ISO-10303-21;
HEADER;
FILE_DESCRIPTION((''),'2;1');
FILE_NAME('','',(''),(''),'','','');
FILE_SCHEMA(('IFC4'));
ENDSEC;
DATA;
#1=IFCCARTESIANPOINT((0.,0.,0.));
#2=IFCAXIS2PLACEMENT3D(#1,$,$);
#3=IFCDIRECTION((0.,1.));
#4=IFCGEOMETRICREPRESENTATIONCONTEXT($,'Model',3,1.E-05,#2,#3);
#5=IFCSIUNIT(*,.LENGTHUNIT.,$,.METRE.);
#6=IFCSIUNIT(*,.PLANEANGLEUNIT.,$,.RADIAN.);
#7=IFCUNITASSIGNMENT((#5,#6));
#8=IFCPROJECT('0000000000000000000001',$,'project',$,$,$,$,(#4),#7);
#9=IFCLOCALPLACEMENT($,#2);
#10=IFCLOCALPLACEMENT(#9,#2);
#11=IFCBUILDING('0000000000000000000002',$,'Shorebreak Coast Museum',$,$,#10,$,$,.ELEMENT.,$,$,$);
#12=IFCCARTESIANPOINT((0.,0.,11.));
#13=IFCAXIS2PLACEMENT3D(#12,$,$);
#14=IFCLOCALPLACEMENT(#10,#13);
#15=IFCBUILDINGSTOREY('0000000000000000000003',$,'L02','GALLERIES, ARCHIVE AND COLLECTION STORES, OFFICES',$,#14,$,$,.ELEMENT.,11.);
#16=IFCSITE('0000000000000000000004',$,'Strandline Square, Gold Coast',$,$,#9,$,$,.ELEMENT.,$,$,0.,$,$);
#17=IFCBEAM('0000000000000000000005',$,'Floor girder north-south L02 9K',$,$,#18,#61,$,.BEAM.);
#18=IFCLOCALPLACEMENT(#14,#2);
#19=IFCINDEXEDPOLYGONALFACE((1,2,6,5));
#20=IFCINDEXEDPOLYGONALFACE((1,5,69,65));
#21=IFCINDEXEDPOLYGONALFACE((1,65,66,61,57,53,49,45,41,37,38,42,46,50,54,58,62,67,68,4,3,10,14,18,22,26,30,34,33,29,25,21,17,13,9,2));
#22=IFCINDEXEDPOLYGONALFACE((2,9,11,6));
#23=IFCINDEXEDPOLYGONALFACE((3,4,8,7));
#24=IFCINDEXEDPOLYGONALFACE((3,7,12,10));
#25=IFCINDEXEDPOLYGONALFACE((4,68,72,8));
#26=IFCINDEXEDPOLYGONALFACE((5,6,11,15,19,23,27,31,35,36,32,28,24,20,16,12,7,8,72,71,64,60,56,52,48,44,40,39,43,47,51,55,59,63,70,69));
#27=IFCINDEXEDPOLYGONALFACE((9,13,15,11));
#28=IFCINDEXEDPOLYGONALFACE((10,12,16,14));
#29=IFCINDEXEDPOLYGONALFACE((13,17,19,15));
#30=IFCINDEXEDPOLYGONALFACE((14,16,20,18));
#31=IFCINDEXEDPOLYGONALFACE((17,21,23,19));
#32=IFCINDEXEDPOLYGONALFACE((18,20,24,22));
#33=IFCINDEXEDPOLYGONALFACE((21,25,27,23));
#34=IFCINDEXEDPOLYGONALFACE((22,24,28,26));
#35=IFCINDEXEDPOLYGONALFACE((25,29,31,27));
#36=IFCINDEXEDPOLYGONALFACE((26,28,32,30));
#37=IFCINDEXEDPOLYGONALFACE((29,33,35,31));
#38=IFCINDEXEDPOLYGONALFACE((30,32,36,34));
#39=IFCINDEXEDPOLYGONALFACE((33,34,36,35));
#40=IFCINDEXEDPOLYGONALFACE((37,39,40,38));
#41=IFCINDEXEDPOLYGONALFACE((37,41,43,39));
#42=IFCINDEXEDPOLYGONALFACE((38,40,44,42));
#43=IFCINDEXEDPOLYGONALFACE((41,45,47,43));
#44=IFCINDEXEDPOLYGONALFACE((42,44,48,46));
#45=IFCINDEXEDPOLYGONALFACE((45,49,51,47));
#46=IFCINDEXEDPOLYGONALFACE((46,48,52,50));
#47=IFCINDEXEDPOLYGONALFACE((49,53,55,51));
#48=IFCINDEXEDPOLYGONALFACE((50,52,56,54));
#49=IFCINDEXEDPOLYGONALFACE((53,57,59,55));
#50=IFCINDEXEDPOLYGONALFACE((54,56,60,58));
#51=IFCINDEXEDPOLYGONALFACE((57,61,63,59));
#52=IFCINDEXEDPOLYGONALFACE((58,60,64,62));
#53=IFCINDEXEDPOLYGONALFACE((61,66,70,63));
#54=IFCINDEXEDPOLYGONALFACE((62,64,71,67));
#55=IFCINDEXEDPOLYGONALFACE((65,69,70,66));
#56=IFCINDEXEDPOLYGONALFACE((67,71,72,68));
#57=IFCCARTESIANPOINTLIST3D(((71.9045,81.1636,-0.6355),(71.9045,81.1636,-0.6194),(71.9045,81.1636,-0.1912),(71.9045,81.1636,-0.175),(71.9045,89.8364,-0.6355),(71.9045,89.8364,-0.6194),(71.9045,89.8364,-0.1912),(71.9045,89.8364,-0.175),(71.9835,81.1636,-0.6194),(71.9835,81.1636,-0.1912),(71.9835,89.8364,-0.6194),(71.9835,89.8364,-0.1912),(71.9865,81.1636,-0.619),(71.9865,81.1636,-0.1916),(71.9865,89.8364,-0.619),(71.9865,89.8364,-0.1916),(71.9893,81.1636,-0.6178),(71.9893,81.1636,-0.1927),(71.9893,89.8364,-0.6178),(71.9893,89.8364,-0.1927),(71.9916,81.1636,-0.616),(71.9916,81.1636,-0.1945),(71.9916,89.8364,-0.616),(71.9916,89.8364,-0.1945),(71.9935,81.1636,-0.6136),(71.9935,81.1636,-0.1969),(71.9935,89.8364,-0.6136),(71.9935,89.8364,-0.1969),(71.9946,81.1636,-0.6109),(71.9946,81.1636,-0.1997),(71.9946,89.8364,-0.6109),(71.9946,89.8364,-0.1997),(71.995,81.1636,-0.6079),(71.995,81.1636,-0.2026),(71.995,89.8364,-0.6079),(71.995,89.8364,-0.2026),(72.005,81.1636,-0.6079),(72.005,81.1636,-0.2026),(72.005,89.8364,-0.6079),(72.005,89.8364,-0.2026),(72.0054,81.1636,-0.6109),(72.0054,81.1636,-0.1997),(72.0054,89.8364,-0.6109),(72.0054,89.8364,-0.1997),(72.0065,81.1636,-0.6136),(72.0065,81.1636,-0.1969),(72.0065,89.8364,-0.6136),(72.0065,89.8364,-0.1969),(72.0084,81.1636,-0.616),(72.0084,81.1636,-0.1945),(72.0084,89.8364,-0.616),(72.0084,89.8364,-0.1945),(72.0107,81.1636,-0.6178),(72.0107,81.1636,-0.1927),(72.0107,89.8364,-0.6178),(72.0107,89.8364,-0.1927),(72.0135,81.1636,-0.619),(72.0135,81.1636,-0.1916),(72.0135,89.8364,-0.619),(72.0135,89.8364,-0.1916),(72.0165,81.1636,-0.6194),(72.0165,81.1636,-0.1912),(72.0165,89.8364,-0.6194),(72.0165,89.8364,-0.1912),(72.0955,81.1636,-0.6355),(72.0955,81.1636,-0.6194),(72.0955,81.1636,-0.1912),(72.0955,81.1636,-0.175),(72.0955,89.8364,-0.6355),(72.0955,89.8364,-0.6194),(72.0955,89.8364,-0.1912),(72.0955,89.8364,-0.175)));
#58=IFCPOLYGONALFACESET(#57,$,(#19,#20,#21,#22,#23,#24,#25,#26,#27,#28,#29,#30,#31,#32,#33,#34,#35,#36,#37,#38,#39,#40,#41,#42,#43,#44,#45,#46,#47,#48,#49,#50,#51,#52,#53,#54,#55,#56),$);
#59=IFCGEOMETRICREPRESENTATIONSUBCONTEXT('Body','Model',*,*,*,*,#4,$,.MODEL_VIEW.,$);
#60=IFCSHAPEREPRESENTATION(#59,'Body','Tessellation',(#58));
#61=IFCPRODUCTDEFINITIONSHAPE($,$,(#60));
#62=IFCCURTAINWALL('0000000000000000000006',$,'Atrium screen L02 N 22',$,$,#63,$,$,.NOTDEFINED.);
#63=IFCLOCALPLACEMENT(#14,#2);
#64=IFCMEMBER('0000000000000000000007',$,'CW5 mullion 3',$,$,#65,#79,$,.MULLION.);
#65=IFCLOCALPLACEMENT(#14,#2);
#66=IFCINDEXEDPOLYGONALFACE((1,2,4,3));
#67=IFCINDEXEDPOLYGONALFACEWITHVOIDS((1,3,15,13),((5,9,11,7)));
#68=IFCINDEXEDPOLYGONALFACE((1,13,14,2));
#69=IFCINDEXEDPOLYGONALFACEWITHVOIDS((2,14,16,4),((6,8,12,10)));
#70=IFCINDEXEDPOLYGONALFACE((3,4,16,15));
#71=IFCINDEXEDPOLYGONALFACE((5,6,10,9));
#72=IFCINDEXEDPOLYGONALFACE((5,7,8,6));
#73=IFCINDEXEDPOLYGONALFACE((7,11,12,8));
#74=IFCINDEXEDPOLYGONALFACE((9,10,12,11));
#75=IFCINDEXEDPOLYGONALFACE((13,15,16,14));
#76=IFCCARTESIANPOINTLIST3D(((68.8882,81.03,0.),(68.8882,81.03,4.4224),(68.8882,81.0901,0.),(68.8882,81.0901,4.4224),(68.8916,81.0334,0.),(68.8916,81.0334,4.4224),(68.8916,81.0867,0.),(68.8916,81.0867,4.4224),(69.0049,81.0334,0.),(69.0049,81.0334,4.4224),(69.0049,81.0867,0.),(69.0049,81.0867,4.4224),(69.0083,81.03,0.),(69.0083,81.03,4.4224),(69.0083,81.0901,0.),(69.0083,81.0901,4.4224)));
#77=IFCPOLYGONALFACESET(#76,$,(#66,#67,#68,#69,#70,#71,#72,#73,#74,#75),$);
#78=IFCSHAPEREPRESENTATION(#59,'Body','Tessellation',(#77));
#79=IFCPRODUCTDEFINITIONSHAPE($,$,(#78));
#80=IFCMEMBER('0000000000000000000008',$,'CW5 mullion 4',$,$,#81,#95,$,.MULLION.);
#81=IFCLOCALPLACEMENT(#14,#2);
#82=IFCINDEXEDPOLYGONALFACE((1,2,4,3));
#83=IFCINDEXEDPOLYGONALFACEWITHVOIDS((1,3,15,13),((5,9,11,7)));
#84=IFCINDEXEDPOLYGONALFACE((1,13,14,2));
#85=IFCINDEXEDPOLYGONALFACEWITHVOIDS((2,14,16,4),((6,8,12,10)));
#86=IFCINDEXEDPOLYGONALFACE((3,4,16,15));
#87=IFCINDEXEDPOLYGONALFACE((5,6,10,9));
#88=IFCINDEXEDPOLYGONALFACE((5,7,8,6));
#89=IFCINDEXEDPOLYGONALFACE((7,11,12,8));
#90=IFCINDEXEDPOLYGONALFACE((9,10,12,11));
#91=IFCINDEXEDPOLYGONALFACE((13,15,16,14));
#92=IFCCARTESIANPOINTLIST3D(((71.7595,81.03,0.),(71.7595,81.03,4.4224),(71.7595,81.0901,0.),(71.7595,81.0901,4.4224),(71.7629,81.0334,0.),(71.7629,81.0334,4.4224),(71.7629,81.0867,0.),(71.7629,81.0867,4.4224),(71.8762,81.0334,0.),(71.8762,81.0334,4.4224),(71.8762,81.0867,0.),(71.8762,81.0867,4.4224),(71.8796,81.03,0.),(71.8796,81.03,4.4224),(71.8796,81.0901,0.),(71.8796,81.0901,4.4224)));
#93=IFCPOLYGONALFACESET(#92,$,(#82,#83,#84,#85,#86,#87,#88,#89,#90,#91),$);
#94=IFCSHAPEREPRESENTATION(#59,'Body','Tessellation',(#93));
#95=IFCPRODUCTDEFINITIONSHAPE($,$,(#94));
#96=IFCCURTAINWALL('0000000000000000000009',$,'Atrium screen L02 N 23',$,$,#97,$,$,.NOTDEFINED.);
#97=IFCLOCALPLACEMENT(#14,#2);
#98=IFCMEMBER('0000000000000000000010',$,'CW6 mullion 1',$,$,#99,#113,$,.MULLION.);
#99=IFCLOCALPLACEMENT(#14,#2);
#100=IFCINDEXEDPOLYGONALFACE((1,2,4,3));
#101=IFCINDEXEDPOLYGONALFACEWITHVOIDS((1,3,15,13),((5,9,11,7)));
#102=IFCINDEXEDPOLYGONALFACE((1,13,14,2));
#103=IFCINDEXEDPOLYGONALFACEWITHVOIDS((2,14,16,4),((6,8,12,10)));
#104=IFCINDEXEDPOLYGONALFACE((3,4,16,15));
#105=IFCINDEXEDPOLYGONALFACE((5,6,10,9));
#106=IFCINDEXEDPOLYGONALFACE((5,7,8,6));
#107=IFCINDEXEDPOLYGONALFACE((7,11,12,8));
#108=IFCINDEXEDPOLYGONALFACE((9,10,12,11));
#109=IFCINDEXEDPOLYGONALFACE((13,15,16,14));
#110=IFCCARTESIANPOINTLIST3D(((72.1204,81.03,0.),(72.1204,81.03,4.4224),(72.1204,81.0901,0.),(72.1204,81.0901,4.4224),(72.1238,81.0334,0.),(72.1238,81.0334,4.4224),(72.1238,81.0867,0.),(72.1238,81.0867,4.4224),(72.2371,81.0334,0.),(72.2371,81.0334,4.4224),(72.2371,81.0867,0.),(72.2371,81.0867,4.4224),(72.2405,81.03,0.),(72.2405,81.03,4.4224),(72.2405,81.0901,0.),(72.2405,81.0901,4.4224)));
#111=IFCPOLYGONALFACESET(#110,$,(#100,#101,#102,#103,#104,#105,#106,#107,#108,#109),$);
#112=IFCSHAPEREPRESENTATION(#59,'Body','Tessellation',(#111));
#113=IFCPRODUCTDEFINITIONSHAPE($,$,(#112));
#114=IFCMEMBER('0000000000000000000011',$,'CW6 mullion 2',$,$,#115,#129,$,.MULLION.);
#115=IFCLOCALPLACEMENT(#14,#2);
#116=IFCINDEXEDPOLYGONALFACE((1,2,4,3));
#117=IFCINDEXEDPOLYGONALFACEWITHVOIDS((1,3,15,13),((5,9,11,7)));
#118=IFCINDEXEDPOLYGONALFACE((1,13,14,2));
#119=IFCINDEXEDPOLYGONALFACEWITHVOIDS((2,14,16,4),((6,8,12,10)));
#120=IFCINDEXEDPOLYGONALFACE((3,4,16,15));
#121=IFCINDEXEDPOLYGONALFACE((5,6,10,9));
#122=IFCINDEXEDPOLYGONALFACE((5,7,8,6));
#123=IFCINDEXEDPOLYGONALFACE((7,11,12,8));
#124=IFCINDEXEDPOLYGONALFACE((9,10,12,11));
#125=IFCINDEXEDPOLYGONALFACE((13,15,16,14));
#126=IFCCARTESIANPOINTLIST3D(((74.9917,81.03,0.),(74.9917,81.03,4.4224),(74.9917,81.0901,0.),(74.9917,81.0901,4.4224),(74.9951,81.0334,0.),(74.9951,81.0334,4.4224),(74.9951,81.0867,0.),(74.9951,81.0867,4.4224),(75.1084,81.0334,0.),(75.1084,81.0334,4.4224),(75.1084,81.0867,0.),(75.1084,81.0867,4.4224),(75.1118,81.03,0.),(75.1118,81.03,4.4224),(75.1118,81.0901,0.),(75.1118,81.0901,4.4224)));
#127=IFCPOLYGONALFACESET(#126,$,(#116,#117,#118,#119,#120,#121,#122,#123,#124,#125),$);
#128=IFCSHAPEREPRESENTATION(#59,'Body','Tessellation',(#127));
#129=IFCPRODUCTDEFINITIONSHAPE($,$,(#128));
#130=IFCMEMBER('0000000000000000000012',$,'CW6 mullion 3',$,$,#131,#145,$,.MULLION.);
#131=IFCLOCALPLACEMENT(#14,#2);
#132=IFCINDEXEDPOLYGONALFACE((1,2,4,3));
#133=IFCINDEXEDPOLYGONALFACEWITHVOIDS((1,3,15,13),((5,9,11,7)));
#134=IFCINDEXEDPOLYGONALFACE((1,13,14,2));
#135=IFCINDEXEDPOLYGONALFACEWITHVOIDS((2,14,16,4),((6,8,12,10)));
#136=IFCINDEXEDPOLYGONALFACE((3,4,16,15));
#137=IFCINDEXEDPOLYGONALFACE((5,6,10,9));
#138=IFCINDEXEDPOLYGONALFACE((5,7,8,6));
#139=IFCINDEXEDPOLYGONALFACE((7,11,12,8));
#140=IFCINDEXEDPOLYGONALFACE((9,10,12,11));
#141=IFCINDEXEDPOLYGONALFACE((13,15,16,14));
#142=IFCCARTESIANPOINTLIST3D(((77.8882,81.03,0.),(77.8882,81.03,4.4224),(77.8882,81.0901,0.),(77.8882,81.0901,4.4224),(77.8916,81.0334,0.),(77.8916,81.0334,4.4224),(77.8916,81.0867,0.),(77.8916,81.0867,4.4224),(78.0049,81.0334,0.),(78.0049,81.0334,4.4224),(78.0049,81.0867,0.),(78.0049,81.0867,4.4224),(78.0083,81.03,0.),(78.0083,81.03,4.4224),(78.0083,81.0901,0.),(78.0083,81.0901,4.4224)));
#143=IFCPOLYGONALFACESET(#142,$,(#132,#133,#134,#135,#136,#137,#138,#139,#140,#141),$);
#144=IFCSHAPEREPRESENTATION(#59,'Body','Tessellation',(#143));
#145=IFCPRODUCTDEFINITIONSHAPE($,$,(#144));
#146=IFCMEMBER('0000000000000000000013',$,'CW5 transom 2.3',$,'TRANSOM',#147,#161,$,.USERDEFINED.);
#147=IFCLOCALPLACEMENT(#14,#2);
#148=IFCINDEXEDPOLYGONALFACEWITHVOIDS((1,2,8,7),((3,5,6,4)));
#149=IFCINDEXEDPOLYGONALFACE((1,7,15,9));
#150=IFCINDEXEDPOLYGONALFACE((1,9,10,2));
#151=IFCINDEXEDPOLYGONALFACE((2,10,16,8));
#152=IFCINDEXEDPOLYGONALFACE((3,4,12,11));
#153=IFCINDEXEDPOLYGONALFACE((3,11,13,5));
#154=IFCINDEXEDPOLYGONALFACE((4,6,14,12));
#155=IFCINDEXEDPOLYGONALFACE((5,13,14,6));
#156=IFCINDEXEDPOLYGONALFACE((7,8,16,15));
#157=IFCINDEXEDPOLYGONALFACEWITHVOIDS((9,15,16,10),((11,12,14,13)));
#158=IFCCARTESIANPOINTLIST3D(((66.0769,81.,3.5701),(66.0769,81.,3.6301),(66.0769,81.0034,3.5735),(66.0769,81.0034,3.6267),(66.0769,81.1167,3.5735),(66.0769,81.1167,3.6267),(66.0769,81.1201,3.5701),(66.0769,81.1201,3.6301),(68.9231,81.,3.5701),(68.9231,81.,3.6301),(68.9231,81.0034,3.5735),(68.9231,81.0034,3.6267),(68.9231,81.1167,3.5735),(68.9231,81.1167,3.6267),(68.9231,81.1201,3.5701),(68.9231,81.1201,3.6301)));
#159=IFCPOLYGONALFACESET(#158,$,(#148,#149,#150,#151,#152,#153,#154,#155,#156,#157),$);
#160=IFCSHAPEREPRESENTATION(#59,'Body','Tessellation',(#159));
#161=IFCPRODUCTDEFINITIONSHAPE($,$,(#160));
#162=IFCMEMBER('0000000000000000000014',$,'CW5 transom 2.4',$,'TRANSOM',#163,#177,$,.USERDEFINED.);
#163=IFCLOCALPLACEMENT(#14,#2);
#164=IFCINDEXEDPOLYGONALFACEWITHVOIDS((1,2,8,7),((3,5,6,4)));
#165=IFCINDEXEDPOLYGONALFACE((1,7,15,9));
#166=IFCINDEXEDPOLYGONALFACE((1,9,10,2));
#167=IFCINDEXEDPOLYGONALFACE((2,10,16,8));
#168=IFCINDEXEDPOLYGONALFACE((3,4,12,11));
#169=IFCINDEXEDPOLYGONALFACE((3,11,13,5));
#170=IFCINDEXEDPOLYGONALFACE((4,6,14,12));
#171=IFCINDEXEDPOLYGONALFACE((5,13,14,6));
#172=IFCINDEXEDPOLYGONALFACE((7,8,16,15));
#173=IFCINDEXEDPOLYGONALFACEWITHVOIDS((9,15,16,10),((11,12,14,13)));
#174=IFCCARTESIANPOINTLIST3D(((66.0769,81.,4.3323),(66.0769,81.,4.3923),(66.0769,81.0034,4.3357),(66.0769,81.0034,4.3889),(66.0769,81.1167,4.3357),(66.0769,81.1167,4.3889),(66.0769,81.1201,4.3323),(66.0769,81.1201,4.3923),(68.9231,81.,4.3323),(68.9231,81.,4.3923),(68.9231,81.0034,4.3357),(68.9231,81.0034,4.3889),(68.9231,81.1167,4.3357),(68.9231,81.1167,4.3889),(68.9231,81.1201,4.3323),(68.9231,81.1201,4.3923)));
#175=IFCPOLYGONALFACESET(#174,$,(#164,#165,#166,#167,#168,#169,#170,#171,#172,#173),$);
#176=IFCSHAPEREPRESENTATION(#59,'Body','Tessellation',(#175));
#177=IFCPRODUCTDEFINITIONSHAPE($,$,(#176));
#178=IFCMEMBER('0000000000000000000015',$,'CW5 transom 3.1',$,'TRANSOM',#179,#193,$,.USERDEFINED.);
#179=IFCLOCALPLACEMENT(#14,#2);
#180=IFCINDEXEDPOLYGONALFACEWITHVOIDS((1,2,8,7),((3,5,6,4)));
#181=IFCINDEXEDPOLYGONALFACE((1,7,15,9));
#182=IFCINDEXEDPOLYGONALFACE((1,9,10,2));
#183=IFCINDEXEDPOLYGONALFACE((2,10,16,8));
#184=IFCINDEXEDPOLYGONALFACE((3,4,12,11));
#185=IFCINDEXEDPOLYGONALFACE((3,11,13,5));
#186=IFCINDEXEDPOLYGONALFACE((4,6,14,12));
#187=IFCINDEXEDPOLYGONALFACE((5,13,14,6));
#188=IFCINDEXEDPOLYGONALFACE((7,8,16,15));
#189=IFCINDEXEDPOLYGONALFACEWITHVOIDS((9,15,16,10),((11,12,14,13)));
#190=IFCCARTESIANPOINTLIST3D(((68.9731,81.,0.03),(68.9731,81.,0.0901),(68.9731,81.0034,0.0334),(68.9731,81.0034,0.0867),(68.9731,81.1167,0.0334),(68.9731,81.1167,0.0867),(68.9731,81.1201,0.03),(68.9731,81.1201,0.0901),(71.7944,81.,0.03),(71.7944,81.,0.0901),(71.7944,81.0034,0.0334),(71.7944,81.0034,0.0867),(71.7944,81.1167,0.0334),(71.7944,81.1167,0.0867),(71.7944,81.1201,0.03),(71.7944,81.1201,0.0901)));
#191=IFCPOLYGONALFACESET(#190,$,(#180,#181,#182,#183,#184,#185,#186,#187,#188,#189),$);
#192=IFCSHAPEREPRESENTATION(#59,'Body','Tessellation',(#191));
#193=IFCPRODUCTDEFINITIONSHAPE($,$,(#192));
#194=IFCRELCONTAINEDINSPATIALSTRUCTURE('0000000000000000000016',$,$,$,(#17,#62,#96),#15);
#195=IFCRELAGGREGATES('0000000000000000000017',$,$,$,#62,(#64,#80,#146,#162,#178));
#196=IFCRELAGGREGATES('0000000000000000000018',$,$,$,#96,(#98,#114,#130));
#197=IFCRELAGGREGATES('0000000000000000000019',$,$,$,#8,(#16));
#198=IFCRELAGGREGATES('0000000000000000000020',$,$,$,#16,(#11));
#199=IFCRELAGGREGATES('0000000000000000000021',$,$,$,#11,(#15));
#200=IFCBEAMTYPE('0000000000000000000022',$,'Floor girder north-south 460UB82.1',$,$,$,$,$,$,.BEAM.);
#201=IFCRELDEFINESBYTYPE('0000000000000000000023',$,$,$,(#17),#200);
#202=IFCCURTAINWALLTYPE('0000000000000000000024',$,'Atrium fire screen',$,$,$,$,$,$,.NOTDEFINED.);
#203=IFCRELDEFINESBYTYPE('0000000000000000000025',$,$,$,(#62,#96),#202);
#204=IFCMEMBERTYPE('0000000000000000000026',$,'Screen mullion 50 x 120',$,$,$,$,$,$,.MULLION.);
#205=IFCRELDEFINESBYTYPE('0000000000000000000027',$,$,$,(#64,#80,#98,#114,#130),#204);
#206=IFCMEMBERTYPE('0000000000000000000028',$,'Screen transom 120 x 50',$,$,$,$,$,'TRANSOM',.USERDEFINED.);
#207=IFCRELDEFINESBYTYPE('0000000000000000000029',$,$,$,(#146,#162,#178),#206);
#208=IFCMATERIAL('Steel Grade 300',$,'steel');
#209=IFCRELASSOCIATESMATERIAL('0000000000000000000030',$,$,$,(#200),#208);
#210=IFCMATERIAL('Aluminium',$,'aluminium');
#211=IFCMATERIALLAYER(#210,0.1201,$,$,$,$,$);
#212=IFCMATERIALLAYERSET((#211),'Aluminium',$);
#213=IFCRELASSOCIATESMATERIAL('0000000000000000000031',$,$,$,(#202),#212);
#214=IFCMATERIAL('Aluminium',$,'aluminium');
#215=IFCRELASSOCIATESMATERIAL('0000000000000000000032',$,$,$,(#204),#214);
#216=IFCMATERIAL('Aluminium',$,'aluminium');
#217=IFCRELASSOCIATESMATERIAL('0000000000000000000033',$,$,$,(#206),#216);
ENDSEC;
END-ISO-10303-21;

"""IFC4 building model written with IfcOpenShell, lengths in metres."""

from ifc_helpers import new_model, si_unit, direction, frame, origin, origin_2d, place, context, subcontext, project, spatial, hollow_rectangle, i_section, extrude, material, layer, layer_set, material_profile, profile_set, type_object, element, aggregate, save


model = new_model("IFC4")

# Units and contexts
model_context = context("Model", 3, precision=1e-05, world=origin(), true_north=direction((0.0, 1.0)))
body_context = subcontext(model_context, "Body", "Model", "MODEL_VIEW")
ifc_project = project(units=[si_unit("LENGTHUNIT", "METRE"), si_unit("PLANEANGLEUNIT", "RADIAN")], contexts=[model_context])

# Site, building, storey
site_placement = place(None, origin())
site = spatial("IfcSite", under=ifc_project, at=site_placement, Name="Strandline Square, Gold Coast", CompositionType="ELEMENT", RefElevation=0.0)
building_placement = place(site_placement, origin())
building = spatial("IfcBuilding", under=site, at=building_placement, Name="Shorebreak Coast Museum", CompositionType="ELEMENT")
storey_placement = place(building_placement, frame((0.0, 0.0, 11.0)))
storey = spatial("IfcBuildingStorey", under=building, at=storey_placement, Name="L02", Description="GALLERIES, ARCHIVE AND COLLECTION STORES, OFFICES", CompositionType="ELEMENT", Elevation=11.0)

# Beam
ifc_material_1 = material(Name="Steel Grade 300", Category="steel")
ifc_material_profile_1 = material_profile(ifc_material_1, i_section(OverallWidth=0.1909, OverallDepth=0.4604, WebThickness=0.01, FlangeThickness=0.0161, FilletRadius=0.0115, at=origin_2d()), Name="460UB82.1")
ifc_profile_set_1 = profile_set([ifc_material_profile_1], Name="Steel Grade 300")
beam_type = type_object("IfcBeamType", Name="Floor girder north-south 460UB82.1", PredefinedType="BEAM", material=ifc_profile_set_1)
beam_placement = place(storey_placement, frame((72.0, 81.1636, -0.4053), z_axis=(0.0, 1.0, 0.0), x_axis=(-1.0, 0.0, 0.0)))
element("IfcBeam", 1, at=beam_placement, inside=storey, type_object=beam_type, Name="Floor girder north-south L02 9K", PredefinedType="BEAM", context=body_context, shape_type="SweptSolid", body=[
    extrude(i_section(OverallWidth=0.1909, OverallDepth=0.4604, WebThickness=0.01, FlangeThickness=0.0161, FilletRadius=0.0115, at=origin_2d()), origin(), (0.0, 0.0, 1.0), 8.6729),
])

# Curtain walls, members
ifc_material_2 = material(Name="Aluminium", Category="aluminium")
ifc_layer_1 = layer(ifc_material_2, 0.1201)
ifc_layer_set_1 = layer_set([ifc_layer_1], Name="Aluminium")
curtain_wall_type = type_object("IfcCurtainWallType", Name="Atrium fire screen", PredefinedType="NOTDEFINED", material=ifc_layer_set_1)
curtain_wall_1_placement = place(storey_placement, origin())
curtain_wall_1 = element("IfcCurtainWall", 2, at=curtain_wall_1_placement, inside=storey, type_object=curtain_wall_type, Name="Atrium screen L02 N 22", PredefinedType="NOTDEFINED")
ifc_material_3 = material(Name="Aluminium", Category="aluminium")
ifc_material_profile_2 = material_profile(ifc_material_3, hollow_rectangle(XDim=0.0601, YDim=0.1201, WallThickness=0.0034, at=origin_2d()), Name="AL 120x60 RHS")
ifc_profile_set_2 = profile_set([ifc_material_profile_2], Name="Aluminium")
member_type_1 = type_object("IfcMemberType", Name="Screen mullion 50 x 120", PredefinedType="MULLION", material=ifc_profile_set_2)
member_1_placement = place(storey_placement, frame((68.9482, 81.0601, 0.0), z_axis=(0.0, 0.0, 1.0), x_axis=(0.0, 1.0, 0.0)))
member_1 = element("IfcMember", 3, at=member_1_placement, type_object=member_type_1, Name="CW5 mullion 3", PredefinedType="MULLION", context=body_context, shape_type="SweptSolid", body=[
    extrude(hollow_rectangle(XDim=0.0601, YDim=0.1201, WallThickness=0.0034, at=origin_2d()), origin(), (0.0, 0.0, 1.0), 4.4224),
])
member_2_placement = place(storey_placement, frame((71.8196, 81.0601, 0.0), z_axis=(0.0, 0.0, 1.0), x_axis=(0.0, 1.0, 0.0)))
member_2 = element("IfcMember", 4, at=member_2_placement, type_object=member_type_1, Name="CW5 mullion 4", PredefinedType="MULLION", context=body_context, shape_type="SweptSolid", body=[
    extrude(hollow_rectangle(XDim=0.0601, YDim=0.1201, WallThickness=0.0034, at=origin_2d()), origin(), (0.0, 0.0, 1.0), 4.4224),
])
curtain_wall_2_placement = place(storey_placement, origin())
curtain_wall_2 = element("IfcCurtainWall", 5, at=curtain_wall_2_placement, inside=storey, type_object=curtain_wall_type, Name="Atrium screen L02 N 23", PredefinedType="NOTDEFINED")
member_3_placement = place(storey_placement, frame((72.1804, 81.0601, 0.0), z_axis=(0.0, 0.0, 1.0), x_axis=(0.0, 1.0, 0.0)))
member_3 = element("IfcMember", 6, at=member_3_placement, type_object=member_type_1, Name="CW6 mullion 1", PredefinedType="MULLION", context=body_context, shape_type="SweptSolid", body=[
    extrude(hollow_rectangle(XDim=0.0601, YDim=0.1201, WallThickness=0.0034, at=origin_2d()), origin(), (0.0, 0.0, 1.0), 4.4224),
])
member_4_placement = place(storey_placement, frame((75.0518, 81.0601, 0.0), z_axis=(0.0, 0.0, 1.0), x_axis=(0.0, 1.0, 0.0)))
member_4 = element("IfcMember", 7, at=member_4_placement, type_object=member_type_1, Name="CW6 mullion 2", PredefinedType="MULLION", context=body_context, shape_type="SweptSolid", body=[
    extrude(hollow_rectangle(XDim=0.0601, YDim=0.1201, WallThickness=0.0034, at=origin_2d()), origin(), (0.0, 0.0, 1.0), 4.4224),
])
member_5_placement = place(storey_placement, frame((77.9482, 81.0601, 0.0), z_axis=(0.0, 0.0, 1.0), x_axis=(0.0, 1.0, 0.0)))
member_5 = element("IfcMember", 8, at=member_5_placement, type_object=member_type_1, Name="CW6 mullion 3", PredefinedType="MULLION", context=body_context, shape_type="SweptSolid", body=[
    extrude(hollow_rectangle(XDim=0.0601, YDim=0.1201, WallThickness=0.0034, at=origin_2d()), origin(), (0.0, 0.0, 1.0), 4.4224),
])

# Members
ifc_material_4 = material(Name="Aluminium", Category="aluminium")
ifc_material_profile_3 = material_profile(ifc_material_4, hollow_rectangle(XDim=0.1201, YDim=0.0601, WallThickness=0.0034, at=origin_2d()), Name="AL 60x120 RHS")
ifc_profile_set_3 = profile_set([ifc_material_profile_3], Name="Aluminium")
member_type_2 = type_object("IfcMemberType", Name="Screen transom 120 x 50", ElementType="TRANSOM", PredefinedType="USERDEFINED", material=ifc_profile_set_3)
member_6_placement = place(storey_placement, frame((66.0769, 81.0601, 3.6001), z_axis=(1.0, 0.0, 0.0), x_axis=(0.0, 1.0, 0.0)))
member_6 = element("IfcMember", 9, at=member_6_placement, type_object=member_type_2, Name="CW5 transom 2.3", ObjectType="TRANSOM", PredefinedType="USERDEFINED", context=body_context, shape_type="SweptSolid", body=[
    extrude(hollow_rectangle(XDim=0.1201, YDim=0.0601, WallThickness=0.0034, at=origin_2d()), origin(), (0.0, 0.0, 1.0), 2.8462),
])
member_7_placement = place(storey_placement, frame((66.0769, 81.0601, 4.3623), z_axis=(1.0, 0.0, 0.0), x_axis=(0.0, 1.0, 0.0)))
member_7 = element("IfcMember", 10, at=member_7_placement, type_object=member_type_2, Name="CW5 transom 2.4", ObjectType="TRANSOM", PredefinedType="USERDEFINED", context=body_context, shape_type="SweptSolid", body=[
    extrude(hollow_rectangle(XDim=0.1201, YDim=0.0601, WallThickness=0.0034, at=origin_2d()), origin(), (0.0, 0.0, 1.0), 2.8462),
])
member_8_placement = place(storey_placement, frame((68.9731, 81.0601, 0.0601), z_axis=(1.0, 0.0, 0.0), x_axis=(0.0, 1.0, 0.0)))
member_8 = element("IfcMember", 11, at=member_8_placement, type_object=member_type_2, Name="CW5 transom 3.1", ObjectType="TRANSOM", PredefinedType="USERDEFINED", context=body_context, shape_type="SweptSolid", body=[
    extrude(hollow_rectangle(XDim=0.1201, YDim=0.0601, WallThickness=0.0034, at=origin_2d()), origin(), (0.0, 0.0, 1.0), 2.8213),
])

aggregate(curtain_wall_1, [member_1, member_2, member_6, member_7, member_8])
aggregate(curtain_wall_2, [member_3, member_4, member_5])

save(model, "model.ifc")
